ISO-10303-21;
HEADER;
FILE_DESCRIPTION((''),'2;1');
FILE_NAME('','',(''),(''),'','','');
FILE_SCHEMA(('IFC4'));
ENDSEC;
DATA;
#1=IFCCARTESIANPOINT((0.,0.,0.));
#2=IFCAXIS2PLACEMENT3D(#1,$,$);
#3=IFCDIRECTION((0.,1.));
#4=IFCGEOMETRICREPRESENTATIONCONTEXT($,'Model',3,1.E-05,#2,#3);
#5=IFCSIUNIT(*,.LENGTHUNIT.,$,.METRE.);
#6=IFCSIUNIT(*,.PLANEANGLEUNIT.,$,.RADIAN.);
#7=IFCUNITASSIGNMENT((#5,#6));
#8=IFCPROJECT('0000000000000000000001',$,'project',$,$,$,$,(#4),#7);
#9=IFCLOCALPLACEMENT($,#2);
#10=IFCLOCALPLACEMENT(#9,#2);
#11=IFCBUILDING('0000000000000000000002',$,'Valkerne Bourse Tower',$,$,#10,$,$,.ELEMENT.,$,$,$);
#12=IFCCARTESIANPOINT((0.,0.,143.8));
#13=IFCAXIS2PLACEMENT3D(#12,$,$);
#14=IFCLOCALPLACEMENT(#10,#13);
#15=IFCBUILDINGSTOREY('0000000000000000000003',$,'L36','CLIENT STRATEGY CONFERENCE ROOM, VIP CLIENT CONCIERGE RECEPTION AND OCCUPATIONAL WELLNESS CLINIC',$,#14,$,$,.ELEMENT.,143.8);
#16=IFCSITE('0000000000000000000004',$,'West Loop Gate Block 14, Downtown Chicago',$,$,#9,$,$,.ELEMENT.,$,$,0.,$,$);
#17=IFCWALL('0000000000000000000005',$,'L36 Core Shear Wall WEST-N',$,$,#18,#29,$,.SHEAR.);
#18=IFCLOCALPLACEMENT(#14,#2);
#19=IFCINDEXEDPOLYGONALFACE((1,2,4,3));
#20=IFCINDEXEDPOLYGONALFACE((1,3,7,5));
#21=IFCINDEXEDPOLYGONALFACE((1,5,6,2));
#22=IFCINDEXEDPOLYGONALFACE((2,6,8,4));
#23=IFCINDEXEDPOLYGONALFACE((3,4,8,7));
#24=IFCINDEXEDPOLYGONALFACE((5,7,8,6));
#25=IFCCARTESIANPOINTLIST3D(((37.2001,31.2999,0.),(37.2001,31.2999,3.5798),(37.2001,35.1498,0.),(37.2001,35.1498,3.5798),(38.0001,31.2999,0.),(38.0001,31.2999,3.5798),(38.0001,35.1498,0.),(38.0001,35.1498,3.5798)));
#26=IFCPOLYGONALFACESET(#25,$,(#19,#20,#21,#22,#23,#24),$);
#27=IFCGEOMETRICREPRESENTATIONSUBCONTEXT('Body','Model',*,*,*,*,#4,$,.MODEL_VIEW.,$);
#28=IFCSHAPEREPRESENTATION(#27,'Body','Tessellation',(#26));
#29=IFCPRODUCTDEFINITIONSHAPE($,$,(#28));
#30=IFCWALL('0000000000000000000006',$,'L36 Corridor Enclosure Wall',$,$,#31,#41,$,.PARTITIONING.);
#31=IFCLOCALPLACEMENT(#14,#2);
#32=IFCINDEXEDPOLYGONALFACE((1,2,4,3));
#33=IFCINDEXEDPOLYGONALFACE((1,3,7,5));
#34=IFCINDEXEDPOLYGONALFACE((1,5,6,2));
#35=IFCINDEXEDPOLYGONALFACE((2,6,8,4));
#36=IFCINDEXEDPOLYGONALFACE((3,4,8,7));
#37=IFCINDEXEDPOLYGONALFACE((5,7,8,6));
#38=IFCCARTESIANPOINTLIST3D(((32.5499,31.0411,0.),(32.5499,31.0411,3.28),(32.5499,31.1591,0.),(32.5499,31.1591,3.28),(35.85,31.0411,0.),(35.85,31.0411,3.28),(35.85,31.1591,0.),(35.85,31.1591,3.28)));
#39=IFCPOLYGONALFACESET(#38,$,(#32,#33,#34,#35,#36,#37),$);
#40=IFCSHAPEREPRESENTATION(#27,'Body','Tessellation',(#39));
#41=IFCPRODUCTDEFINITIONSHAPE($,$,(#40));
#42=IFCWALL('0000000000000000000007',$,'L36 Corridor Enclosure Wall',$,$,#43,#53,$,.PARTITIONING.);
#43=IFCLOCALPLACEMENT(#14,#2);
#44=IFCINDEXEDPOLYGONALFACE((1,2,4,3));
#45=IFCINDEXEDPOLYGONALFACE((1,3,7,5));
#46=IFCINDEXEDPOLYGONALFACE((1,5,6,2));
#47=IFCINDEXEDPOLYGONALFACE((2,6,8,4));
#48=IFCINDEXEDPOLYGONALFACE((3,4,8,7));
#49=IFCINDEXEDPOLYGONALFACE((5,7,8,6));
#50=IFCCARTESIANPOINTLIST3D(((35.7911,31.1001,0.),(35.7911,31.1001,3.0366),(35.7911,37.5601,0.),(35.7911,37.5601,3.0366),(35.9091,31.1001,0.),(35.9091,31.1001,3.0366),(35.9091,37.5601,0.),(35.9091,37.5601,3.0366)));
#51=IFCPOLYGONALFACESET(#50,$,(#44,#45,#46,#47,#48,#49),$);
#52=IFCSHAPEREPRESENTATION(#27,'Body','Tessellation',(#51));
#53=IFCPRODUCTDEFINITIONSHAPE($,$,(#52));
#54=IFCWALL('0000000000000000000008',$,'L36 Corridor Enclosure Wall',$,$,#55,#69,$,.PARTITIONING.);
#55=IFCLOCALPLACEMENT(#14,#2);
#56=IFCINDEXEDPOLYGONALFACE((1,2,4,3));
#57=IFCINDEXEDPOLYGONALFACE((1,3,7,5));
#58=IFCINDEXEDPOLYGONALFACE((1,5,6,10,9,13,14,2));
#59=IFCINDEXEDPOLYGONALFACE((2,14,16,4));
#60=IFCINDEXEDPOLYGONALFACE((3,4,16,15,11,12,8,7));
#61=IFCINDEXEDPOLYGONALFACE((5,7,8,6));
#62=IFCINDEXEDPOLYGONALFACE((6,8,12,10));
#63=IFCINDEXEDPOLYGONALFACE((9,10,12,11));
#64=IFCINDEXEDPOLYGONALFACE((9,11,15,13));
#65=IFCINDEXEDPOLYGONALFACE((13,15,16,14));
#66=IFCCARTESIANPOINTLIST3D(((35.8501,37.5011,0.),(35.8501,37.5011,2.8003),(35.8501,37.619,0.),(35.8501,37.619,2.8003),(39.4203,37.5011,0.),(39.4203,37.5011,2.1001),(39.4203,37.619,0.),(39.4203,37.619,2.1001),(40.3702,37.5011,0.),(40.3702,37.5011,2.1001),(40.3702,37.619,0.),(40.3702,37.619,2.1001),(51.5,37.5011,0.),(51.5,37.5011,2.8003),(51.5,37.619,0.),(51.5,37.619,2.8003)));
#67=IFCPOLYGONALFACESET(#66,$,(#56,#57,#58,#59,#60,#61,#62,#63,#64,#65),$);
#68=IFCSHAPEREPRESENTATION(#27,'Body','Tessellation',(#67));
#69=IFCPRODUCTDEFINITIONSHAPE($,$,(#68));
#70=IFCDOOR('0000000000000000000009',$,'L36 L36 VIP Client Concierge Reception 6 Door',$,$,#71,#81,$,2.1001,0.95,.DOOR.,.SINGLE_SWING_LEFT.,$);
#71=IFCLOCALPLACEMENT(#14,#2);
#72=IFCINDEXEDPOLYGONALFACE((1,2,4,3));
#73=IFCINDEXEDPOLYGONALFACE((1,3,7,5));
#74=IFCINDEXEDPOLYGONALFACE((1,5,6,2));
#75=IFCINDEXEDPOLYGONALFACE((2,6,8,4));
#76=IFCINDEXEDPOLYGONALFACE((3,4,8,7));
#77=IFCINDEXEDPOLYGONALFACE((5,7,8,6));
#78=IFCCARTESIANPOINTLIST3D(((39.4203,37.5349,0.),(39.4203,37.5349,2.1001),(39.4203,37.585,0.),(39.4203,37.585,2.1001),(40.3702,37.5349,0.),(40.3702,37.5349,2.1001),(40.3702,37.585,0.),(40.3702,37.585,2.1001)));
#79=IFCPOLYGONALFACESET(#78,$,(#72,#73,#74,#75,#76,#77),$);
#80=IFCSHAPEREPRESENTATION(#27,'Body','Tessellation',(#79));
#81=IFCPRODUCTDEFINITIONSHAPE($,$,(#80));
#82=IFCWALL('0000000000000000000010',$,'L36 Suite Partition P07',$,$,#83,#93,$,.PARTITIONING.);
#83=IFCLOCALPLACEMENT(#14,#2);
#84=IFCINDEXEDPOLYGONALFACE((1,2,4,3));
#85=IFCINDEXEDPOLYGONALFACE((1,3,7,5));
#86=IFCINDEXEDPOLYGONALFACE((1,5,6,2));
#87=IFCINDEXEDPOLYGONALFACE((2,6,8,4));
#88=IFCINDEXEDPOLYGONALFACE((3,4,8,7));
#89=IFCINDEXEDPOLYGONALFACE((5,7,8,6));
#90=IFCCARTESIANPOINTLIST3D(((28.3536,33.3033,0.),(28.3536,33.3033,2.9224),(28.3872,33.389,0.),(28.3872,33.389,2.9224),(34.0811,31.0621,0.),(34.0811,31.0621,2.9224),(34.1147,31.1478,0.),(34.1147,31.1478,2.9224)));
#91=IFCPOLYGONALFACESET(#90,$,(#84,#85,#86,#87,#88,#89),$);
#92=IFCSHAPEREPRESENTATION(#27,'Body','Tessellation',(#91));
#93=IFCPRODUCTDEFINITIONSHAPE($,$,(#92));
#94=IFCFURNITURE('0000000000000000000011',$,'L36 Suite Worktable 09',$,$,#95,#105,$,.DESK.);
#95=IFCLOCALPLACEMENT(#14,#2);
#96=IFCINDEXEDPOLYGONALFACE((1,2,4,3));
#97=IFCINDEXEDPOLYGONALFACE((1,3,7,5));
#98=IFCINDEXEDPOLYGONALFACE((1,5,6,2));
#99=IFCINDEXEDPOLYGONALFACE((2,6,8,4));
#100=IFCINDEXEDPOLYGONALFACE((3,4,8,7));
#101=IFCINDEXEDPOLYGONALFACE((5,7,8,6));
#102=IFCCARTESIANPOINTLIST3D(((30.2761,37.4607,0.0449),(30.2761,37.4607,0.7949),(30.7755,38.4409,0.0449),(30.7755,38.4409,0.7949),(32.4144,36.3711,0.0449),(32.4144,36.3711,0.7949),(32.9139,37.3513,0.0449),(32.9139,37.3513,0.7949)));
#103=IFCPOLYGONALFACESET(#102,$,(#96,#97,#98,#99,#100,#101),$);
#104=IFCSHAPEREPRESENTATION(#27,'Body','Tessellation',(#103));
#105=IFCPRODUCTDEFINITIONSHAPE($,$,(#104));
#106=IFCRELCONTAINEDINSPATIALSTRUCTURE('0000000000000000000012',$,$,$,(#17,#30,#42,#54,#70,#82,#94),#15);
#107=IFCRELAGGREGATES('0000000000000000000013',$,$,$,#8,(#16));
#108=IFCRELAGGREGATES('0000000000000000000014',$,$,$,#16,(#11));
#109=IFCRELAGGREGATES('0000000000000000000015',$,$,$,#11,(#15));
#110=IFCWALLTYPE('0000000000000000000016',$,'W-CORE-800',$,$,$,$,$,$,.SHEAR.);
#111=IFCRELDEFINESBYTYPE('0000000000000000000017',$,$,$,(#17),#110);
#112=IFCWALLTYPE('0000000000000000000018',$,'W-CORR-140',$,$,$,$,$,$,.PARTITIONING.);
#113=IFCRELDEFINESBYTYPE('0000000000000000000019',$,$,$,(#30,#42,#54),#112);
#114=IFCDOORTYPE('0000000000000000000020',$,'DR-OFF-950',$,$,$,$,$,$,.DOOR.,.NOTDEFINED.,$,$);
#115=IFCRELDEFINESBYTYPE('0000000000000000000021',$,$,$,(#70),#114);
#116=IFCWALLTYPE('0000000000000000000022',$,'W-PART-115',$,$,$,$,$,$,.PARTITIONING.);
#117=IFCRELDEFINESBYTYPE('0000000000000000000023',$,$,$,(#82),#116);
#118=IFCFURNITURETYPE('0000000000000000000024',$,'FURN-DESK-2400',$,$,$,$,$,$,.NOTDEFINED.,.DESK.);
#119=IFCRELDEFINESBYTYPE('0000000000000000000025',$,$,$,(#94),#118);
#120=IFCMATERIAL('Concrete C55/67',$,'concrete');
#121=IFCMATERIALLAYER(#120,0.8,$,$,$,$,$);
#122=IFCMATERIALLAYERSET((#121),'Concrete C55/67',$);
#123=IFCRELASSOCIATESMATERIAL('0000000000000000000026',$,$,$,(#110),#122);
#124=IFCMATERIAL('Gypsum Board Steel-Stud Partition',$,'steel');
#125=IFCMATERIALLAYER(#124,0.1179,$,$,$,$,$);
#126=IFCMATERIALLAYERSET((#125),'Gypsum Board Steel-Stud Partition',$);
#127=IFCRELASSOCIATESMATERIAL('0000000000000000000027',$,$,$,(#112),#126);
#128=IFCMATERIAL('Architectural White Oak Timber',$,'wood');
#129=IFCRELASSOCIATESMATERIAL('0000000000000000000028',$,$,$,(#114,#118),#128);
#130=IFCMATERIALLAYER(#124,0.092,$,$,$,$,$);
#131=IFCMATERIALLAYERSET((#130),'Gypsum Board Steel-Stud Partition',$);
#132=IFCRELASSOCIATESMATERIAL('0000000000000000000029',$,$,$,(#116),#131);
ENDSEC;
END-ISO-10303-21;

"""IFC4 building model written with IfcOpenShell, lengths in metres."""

from ifc_helpers import new_model, si_unit, direction, frame, frame_2d, origin, origin_2d, place, context, subcontext, project, spatial, rectangle, extrude, material, layer, layer_set, type_object, element, fill, save


model = new_model("IFC4")

# Units and contexts
model_context = context("Model", 3, precision=1e-05, world=origin(), true_north=direction((0.0, 1.0)))
body_context = subcontext(model_context, "Body", "Model", "MODEL_VIEW")
ifc_project = project(units=[si_unit("LENGTHUNIT", "METRE"), si_unit("PLANEANGLEUNIT", "RADIAN")], contexts=[model_context])

# Site, building, storey
site_placement = place(None, origin())
site = spatial("IfcSite", under=ifc_project, at=site_placement, Name="West Loop Gate Block 14, Downtown Chicago", CompositionType="ELEMENT", RefElevation=0.0)
building_placement = place(site_placement, origin())
building = spatial("IfcBuilding", under=site, at=building_placement, Name="Valkerne Bourse Tower", CompositionType="ELEMENT")
storey_placement = place(building_placement, frame((0.0, 0.0, 143.8)))
storey = spatial("IfcBuildingStorey", under=building, at=storey_placement, Name="L36", Description="CLIENT STRATEGY CONFERENCE ROOM, VIP CLIENT CONCIERGE RECEPTION AND OCCUPATIONAL WELLNESS CLINIC", CompositionType="ELEMENT", Elevation=143.8)

# Shared definitions
ifc_material_1 = material(Name="Concrete C55/67", Category="concrete")
ifc_layer_1 = layer(ifc_material_1, 0.8)
ifc_layer_set_1 = layer_set([ifc_layer_1], Name="Concrete C55/67")
wall_type_1 = type_object("IfcWallType", Name="W-CORE-800", PredefinedType="SHEAR", material=ifc_layer_set_1)

# Walls
wall_1_placement = place(storey_placement, frame((37.6001, 31.3, 0.0), z_axis=(0.0, 0.0, 1.0), x_axis=(0.0, 1.0, 0.0)))
element("IfcWall", 1, at=wall_1_placement, inside=storey, type_object=wall_type_1, Name="L36 Core Shear Wall WEST-N", PredefinedType="SHEAR", context=body_context, shape_type="SweptSolid", body=[
    extrude(rectangle(XDim=3.8499, YDim=0.8, at=frame_2d((1.9248, 0.0))), origin(), (0.0, 0.0, 1.0), 3.5798),
])
ifc_material_2 = material(Name="Gypsum Board Steel-Stud Partition", Category="steel")
ifc_layer_2 = layer(ifc_material_2, 0.1179)
ifc_layer_set_2 = layer_set([ifc_layer_2], Name="Gypsum Board Steel-Stud Partition")
wall_type_2 = type_object("IfcWallType", Name="W-CORR-140", PredefinedType="PARTITIONING", material=ifc_layer_set_2)
wall_2_placement = place(storey_placement, frame((32.55, 31.1001, 0.0), z_axis=(0.0, 0.0, 1.0), x_axis=(1.0, 0.0, 0.0)))
element("IfcWall", 2, at=wall_2_placement, inside=storey, type_object=wall_type_2, Name="L36 Corridor Enclosure Wall", PredefinedType="PARTITIONING", context=body_context, shape_type="SweptSolid", body=[
    extrude(rectangle(XDim=3.3, YDim=0.1179, at=frame_2d((1.6499, 0.0))), origin(), (0.0, 0.0, 1.0), 3.28),
])
wall_3_placement = place(storey_placement, frame((35.8501, 31.1001, 0.0), z_axis=(0.0, 0.0, 1.0), x_axis=(0.0, 1.0, 0.0)))
element("IfcWall", 3, at=wall_3_placement, inside=storey, type_object=wall_type_2, Name="L36 Corridor Enclosure Wall", PredefinedType="PARTITIONING", context=body_context, shape_type="SweptSolid", body=[
    extrude(rectangle(XDim=6.46, YDim=0.1179, at=frame_2d((3.23, 0.0))), origin(), (0.0, 0.0, 1.0), 3.0366),
])

# Wall, opening, door
wall_4_placement = place(storey_placement, frame((35.8501, 37.5601, 0.0), z_axis=(0.0, 0.0, 1.0), x_axis=(1.0, 0.0, 0.0)))
wall_4 = element("IfcWall", 4, at=wall_4_placement, inside=storey, type_object=wall_type_2, Name="L36 Corridor Enclosure Wall", PredefinedType="PARTITIONING", context=body_context, shape_type="SweptSolid", body=[
    extrude(rectangle(XDim=15.6499, YDim=0.1179, at=frame_2d((7.825, 0.0))), origin(), (0.0, 0.0, 1.0), 2.8003),
])
opening_1_placement = place(wall_4_placement, frame((3.5701, 0.0, 0.0)))
opening_1 = element("IfcOpeningElement", 5, at=opening_1_placement, cuts=wall_4, PredefinedType="OPENING", context=body_context, shape_type="SweptSolid", body=[
    extrude(rectangle(XDim=0.95, YDim=2.1001, at=frame_2d((0.4751, 1.05))), frame((0.0, 0.0688, 0.0), z_axis=(0.0, -1.0, 0.0), x_axis=(1.0, 0.0, 0.0)), (0.0, 0.0, 1.0), 0.1379),
])
ifc_material_3 = material(Name="Architectural White Oak Timber", Category="wood")
door_type_1 = type_object("IfcDoorType", Name="DR-OFF-950", OperationType="NOTDEFINED", PredefinedType="DOOR", material=ifc_material_3)
door_1_placement = place(opening_1_placement, origin())
door_1 = element("IfcDoor", 6, at=door_1_placement, inside=storey, type_object=door_type_1, Name="L36 L36 VIP Client Concierge Reception 6 Door", OperationType="SINGLE_SWING_LEFT", OverallHeight=2.1001, OverallWidth=0.95, PredefinedType="DOOR", context=body_context, shape_type="SweptSolid", body=[
    extrude(rectangle(XDim=0.95, YDim=2.1001, at=frame_2d((0.4751, 1.05))), frame((0.0, 0.0249, 0.0), z_axis=(0.0, -1.0, 0.0), x_axis=(1.0, 0.0, 0.0)), (0.0, 0.0, 1.0), 0.05),
])
fill(opening_1, door_1)

# Wall
ifc_layer_3 = layer(ifc_material_2, 0.092)
ifc_layer_set_3 = layer_set([ifc_layer_3], Name="Gypsum Board Steel-Stud Partition")
wall_type_3 = type_object("IfcWallType", Name="W-PART-115", PredefinedType="PARTITIONING", material=ifc_layer_set_3)
wall_5_placement = place(storey_placement, frame((34.0979, 31.105, 0.0), z_axis=(0.0, 0.0, 1.0), x_axis=(-0.931243, 0.364399, 0.0)))
element("IfcWall", 7, at=wall_5_placement, inside=storey, type_object=wall_type_3, Name="L36 Suite Partition P07", PredefinedType="PARTITIONING", context=body_context, shape_type="SweptSolid", body=[
    extrude(rectangle(XDim=6.1504, YDim=0.092, at=frame_2d((3.0752, 0.0))), origin(), (0.0, 0.0, 1.0), 2.9224),
])

# Furniture
furniture_type = type_object("IfcFurnitureType", Name="FURN-DESK-2400", AssemblyPlace="NOTDEFINED", PredefinedType="DESK", material=ifc_material_3)
furniture_placement = place(storey_placement, frame((31.595, 37.406, 0.0449), z_axis=(0.0, 0.0, 1.0), x_axis=(-0.891007, 0.45399, 0.0)))
element("IfcFurniture", 8, at=furniture_placement, inside=storey, type_object=furniture_type, Name="L36 Suite Worktable 09", PredefinedType="DESK", context=body_context, shape_type="SweptSolid", body=[
    extrude(rectangle(XDim=2.3999, YDim=1.1001, at=origin_2d()), origin(), (0.0, 0.0, 1.0), 0.75),
])

save(model, "model.ifc")
